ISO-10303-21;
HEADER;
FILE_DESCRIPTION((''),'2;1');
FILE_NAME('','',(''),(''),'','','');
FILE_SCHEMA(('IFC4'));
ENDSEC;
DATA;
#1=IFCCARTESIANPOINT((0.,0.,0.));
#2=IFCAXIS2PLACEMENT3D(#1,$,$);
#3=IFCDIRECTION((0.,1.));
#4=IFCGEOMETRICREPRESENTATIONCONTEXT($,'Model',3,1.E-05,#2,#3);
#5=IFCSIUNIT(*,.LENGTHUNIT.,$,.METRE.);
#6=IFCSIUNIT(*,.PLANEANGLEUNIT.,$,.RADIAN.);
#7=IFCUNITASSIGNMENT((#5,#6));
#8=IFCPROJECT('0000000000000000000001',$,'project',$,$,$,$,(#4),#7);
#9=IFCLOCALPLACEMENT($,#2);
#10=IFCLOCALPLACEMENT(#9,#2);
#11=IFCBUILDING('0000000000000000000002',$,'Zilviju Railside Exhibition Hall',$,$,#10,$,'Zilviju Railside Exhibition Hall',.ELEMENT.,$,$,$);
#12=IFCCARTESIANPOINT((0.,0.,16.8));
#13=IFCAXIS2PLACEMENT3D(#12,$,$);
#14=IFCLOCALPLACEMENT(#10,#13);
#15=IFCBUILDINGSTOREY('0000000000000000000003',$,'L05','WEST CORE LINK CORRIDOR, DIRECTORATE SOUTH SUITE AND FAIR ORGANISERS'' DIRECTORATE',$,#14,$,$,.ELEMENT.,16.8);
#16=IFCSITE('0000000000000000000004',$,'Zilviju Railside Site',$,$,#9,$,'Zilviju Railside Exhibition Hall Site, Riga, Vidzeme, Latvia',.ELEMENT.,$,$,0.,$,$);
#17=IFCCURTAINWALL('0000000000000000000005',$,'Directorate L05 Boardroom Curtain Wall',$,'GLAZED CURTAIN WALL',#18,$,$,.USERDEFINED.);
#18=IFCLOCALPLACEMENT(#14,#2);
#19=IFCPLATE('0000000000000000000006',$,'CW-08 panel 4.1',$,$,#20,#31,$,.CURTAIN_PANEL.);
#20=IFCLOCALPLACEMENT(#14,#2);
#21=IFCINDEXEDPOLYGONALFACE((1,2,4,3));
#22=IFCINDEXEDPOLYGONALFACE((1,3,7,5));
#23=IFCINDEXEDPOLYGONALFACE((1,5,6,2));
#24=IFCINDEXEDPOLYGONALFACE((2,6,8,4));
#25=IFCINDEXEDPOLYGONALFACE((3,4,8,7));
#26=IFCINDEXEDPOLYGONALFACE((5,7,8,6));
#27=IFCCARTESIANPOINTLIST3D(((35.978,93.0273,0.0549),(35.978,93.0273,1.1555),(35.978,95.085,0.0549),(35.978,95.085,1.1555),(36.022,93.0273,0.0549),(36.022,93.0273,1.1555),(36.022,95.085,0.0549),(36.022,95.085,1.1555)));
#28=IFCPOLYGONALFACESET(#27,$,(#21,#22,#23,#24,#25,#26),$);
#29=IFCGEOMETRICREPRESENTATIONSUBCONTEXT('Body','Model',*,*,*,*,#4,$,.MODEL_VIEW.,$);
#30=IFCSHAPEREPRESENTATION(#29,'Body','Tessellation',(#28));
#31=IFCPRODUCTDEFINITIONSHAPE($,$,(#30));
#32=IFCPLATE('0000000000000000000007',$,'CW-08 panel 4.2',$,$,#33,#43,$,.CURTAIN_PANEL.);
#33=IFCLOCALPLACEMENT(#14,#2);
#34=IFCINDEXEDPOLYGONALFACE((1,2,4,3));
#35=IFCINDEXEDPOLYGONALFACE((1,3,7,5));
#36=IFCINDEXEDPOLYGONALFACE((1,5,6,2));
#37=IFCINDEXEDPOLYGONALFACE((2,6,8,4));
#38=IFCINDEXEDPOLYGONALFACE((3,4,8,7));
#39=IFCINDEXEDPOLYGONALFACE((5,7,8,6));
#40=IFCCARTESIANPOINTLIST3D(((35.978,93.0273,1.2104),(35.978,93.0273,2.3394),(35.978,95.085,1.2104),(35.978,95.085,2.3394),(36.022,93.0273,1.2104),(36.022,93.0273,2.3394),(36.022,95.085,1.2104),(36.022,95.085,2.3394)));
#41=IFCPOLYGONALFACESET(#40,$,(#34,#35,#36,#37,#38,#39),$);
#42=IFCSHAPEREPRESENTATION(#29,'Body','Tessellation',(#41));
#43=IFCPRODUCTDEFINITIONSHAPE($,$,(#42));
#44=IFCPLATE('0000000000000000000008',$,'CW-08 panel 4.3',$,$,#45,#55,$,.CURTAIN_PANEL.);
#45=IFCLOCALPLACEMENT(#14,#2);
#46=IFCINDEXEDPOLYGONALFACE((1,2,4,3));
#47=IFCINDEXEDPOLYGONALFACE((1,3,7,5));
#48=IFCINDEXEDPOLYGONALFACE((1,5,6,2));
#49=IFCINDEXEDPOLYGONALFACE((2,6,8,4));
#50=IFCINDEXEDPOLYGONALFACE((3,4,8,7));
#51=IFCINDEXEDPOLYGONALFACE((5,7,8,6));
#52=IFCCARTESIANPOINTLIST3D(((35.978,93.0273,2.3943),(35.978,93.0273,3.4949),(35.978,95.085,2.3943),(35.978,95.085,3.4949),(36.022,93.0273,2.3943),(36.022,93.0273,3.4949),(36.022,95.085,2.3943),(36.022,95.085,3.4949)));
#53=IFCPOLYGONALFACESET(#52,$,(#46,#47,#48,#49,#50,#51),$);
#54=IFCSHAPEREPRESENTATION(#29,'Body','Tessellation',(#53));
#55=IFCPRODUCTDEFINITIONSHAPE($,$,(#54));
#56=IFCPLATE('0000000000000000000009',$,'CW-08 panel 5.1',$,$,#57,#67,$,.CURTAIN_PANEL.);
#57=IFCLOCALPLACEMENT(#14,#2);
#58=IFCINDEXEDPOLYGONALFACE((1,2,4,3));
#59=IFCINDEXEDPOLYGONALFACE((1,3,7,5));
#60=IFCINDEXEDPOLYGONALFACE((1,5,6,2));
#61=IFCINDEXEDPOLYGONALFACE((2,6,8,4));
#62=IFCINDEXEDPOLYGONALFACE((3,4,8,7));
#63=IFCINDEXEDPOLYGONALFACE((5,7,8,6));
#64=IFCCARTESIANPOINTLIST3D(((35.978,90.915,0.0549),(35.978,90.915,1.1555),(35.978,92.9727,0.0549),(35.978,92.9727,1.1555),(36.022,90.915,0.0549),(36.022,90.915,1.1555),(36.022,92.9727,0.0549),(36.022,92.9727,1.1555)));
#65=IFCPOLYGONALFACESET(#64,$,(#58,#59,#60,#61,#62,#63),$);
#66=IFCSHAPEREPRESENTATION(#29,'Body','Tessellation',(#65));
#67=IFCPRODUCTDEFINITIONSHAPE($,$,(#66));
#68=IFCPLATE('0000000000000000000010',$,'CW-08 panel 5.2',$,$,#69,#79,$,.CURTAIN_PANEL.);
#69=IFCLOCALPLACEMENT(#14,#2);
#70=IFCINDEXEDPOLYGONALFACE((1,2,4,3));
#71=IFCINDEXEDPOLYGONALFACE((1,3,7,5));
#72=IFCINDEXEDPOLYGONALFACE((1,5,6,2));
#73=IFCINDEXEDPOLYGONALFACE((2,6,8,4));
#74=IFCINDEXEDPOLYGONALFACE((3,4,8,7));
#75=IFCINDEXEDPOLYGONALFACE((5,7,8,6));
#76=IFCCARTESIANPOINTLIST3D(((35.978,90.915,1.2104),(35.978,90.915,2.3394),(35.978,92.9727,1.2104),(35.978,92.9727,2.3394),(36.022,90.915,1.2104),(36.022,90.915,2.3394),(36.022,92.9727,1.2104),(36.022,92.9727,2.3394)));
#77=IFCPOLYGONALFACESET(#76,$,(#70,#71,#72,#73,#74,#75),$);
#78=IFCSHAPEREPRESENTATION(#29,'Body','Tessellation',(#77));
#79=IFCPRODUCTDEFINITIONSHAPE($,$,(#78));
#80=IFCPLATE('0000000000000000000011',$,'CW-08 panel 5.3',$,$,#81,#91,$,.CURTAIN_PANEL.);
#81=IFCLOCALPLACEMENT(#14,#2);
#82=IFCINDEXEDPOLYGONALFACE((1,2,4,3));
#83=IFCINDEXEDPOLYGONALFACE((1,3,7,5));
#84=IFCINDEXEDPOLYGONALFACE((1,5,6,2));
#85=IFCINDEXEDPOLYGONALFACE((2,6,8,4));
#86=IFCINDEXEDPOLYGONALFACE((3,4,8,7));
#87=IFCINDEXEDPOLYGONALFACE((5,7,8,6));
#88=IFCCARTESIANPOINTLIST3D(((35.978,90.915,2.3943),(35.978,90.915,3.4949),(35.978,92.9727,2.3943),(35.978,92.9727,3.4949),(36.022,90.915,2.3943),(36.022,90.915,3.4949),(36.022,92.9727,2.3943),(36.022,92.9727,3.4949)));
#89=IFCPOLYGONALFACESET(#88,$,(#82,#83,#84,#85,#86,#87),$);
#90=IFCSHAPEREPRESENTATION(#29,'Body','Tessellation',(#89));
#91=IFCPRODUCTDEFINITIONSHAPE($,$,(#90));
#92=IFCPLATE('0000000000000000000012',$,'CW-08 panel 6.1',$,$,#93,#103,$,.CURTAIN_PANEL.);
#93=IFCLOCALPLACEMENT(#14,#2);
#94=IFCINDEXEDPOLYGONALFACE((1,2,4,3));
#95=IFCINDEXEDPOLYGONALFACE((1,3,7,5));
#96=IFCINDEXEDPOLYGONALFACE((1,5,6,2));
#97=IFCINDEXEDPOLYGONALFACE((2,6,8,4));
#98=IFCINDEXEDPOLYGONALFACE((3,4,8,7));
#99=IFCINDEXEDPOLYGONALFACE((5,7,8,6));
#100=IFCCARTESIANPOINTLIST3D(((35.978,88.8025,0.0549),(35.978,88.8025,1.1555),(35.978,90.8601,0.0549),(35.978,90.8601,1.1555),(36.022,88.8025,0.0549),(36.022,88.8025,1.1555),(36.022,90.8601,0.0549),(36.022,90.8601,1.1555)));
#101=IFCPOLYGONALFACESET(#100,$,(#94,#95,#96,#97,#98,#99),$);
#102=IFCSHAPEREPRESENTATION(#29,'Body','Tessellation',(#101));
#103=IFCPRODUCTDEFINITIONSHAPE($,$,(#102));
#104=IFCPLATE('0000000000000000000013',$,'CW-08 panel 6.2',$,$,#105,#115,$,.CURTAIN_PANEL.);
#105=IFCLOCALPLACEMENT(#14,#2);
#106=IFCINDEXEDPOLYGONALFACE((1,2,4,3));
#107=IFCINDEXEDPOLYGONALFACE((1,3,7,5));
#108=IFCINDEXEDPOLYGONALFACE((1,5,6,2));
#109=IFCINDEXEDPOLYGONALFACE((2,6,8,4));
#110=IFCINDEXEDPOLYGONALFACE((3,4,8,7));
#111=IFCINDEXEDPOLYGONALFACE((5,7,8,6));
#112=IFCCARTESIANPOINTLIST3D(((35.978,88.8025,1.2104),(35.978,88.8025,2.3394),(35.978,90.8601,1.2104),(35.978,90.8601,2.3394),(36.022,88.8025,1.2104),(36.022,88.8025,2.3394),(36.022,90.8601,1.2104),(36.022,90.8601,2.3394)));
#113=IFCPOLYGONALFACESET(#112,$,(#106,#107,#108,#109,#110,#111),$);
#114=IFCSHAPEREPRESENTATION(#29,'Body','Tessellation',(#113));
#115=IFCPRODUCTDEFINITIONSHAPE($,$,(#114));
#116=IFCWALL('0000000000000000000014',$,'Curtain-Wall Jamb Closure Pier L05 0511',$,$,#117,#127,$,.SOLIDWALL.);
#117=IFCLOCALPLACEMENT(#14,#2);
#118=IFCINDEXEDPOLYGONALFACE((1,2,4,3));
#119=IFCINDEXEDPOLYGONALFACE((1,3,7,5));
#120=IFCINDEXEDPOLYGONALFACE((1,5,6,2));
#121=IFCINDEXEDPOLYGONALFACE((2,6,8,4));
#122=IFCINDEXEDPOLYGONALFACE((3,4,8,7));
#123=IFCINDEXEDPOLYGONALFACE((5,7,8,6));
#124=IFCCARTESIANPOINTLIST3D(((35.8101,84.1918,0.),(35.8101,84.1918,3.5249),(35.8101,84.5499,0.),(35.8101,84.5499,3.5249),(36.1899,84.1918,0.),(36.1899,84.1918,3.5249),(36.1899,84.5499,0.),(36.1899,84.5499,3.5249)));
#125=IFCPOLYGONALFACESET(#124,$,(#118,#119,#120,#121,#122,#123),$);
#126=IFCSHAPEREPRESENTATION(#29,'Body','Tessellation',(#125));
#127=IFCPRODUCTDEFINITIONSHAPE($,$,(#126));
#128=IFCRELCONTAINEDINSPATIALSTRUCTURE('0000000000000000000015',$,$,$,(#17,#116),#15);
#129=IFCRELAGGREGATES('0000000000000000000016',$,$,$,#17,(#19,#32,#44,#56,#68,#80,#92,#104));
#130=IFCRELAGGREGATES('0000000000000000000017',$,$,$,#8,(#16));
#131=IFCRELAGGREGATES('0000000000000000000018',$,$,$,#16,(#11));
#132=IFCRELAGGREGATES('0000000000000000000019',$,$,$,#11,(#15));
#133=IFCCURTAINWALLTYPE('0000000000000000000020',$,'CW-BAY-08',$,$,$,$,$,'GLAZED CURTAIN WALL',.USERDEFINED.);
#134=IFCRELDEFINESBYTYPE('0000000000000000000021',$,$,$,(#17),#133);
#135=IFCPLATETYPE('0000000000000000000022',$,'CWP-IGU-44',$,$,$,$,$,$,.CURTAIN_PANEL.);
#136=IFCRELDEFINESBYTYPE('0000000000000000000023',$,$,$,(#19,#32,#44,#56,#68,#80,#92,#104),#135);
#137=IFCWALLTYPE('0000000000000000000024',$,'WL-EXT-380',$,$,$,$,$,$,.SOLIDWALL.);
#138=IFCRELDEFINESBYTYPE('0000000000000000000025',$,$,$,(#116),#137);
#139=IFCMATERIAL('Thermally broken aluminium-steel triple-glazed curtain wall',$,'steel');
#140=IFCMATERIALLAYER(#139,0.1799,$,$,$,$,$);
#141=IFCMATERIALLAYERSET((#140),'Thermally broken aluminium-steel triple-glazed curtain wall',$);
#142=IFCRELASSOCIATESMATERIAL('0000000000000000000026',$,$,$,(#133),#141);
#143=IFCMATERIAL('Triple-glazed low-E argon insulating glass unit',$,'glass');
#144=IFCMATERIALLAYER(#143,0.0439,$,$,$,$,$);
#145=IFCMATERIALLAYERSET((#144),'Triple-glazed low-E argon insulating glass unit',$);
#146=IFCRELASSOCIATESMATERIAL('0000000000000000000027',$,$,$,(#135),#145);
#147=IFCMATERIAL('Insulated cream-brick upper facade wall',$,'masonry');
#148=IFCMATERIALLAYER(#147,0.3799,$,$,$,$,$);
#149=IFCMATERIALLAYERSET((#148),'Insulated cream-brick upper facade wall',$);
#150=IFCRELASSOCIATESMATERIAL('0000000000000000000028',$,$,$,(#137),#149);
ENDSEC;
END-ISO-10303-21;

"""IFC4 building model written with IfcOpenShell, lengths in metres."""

from ifc_helpers import new_model, si_unit, direction, frame, frame_2d, origin, origin_2d, place, context, subcontext, project, spatial, rectangle, extrude, material, layer, layer_set, type_object, element, aggregate, save


model = new_model("IFC4")

# Units and contexts
model_context = context("Model", 3, precision=1e-05, world=origin(), true_north=direction((0.0, 1.0)))
body_context = subcontext(model_context, "Body", "Model", "MODEL_VIEW")
ifc_project = project(units=[si_unit("LENGTHUNIT", "METRE"), si_unit("PLANEANGLEUNIT", "RADIAN")], contexts=[model_context])

# Site, building, storey
site_placement = place(None, origin())
site = spatial("IfcSite", under=ifc_project, at=site_placement, Name="Zilviju Railside Site", LongName="Zilviju Railside Exhibition Hall Site, Riga, Vidzeme, Latvia", CompositionType="ELEMENT", RefElevation=0.0)
building_placement = place(site_placement, origin())
building = spatial("IfcBuilding", under=site, at=building_placement, Name="Zilviju Railside Exhibition Hall", LongName="Zilviju Railside Exhibition Hall", CompositionType="ELEMENT")
storey_placement = place(building_placement, frame((0.0, 0.0, 16.8)))
storey = spatial("IfcBuildingStorey", under=building, at=storey_placement, Name="L05", Description="WEST CORE LINK CORRIDOR, DIRECTORATE SOUTH SUITE AND FAIR ORGANISERS' DIRECTORATE", CompositionType="ELEMENT", Elevation=16.8)

# Curtain wall, plates
ifc_material_1 = material(Name="Thermally broken aluminium-steel triple-glazed curtain wall", Category="steel")
ifc_layer_1 = layer(ifc_material_1, 0.1799)
ifc_layer_set_1 = layer_set([ifc_layer_1], Name="Thermally broken aluminium-steel triple-glazed curtain wall")
curtain_wall_type = type_object("IfcCurtainWallType", Name="CW-BAY-08", ElementType="GLAZED CURTAIN WALL", PredefinedType="USERDEFINED", material=ifc_layer_set_1)
curtain_wall_placement = place(storey_placement, origin())
curtain_wall = element("IfcCurtainWall", 1, at=curtain_wall_placement, inside=storey, type_object=curtain_wall_type, Name="Directorate L05 Boardroom Curtain Wall", ObjectType="GLAZED CURTAIN WALL", PredefinedType="USERDEFINED")
ifc_material_2 = material(Name="Triple-glazed low-E argon insulating glass unit", Category="glass")
ifc_layer_2 = layer(ifc_material_2, 0.0439)
ifc_layer_set_2 = layer_set([ifc_layer_2], Name="Triple-glazed low-E argon insulating glass unit")
plate_type = type_object("IfcPlateType", Name="CWP-IGU-44", PredefinedType="CURTAIN_PANEL", material=ifc_layer_set_2)
plate_1_placement = place(storey_placement, frame((36.0, 94.0562, 0.0549), z_axis=(0.0, 0.0, 1.0), x_axis=(0.0, -1.0, 0.0)))
plate_1 = element("IfcPlate", 2, at=plate_1_placement, type_object=plate_type, Name="CW-08 panel 4.1", PredefinedType="CURTAIN_PANEL", context=body_context, shape_type="SweptSolid", body=[
    extrude(rectangle(XDim=2.0576, YDim=0.0439, at=origin_2d()), origin(), (0.0, 0.0, 1.0), 1.1006),
])
plate_2_placement = place(storey_placement, frame((36.0, 94.0562, 1.2104), z_axis=(0.0, 0.0, 1.0), x_axis=(0.0, -1.0, 0.0)))
plate_2 = element("IfcPlate", 3, at=plate_2_placement, type_object=plate_type, Name="CW-08 panel 4.2", PredefinedType="CURTAIN_PANEL", context=body_context, shape_type="SweptSolid", body=[
    extrude(rectangle(XDim=2.0576, YDim=0.0439, at=origin_2d()), origin(), (0.0, 0.0, 1.0), 1.1289),
])
plate_3_placement = place(storey_placement, frame((36.0, 94.0562, 2.3943), z_axis=(0.0, 0.0, 1.0), x_axis=(0.0, -1.0, 0.0)))
plate_3 = element("IfcPlate", 4, at=plate_3_placement, type_object=plate_type, Name="CW-08 panel 4.3", PredefinedType="CURTAIN_PANEL", context=body_context, shape_type="SweptSolid", body=[
    extrude(rectangle(XDim=2.0576, YDim=0.0439, at=origin_2d()), origin(), (0.0, 0.0, 1.0), 1.1006),
])
plate_4_placement = place(storey_placement, frame((36.0, 91.9438, 0.0549), z_axis=(0.0, 0.0, 1.0), x_axis=(0.0, -1.0, 0.0)))
plate_4 = element("IfcPlate", 5, at=plate_4_placement, type_object=plate_type, Name="CW-08 panel 5.1", PredefinedType="CURTAIN_PANEL", context=body_context, shape_type="SweptSolid", body=[
    extrude(rectangle(XDim=2.0576, YDim=0.0439, at=origin_2d()), origin(), (0.0, 0.0, 1.0), 1.1006),
])
plate_5_placement = place(storey_placement, frame((36.0, 91.9438, 1.2104), z_axis=(0.0, 0.0, 1.0), x_axis=(0.0, -1.0, 0.0)))
plate_5 = element("IfcPlate", 6, at=plate_5_placement, type_object=plate_type, Name="CW-08 panel 5.2", PredefinedType="CURTAIN_PANEL", context=body_context, shape_type="SweptSolid", body=[
    extrude(rectangle(XDim=2.0576, YDim=0.0439, at=origin_2d()), origin(), (0.0, 0.0, 1.0), 1.1289),
])
plate_6_placement = place(storey_placement, frame((36.0, 91.9438, 2.3943), z_axis=(0.0, 0.0, 1.0), x_axis=(0.0, -1.0, 0.0)))
plate_6 = element("IfcPlate", 7, at=plate_6_placement, type_object=plate_type, Name="CW-08 panel 5.3", PredefinedType="CURTAIN_PANEL", context=body_context, shape_type="SweptSolid", body=[
    extrude(rectangle(XDim=2.0576, YDim=0.0439, at=origin_2d()), origin(), (0.0, 0.0, 1.0), 1.1006),
])
plate_7_placement = place(storey_placement, frame((36.0, 89.8313, 0.0549), z_axis=(0.0, 0.0, 1.0), x_axis=(0.0, -1.0, 0.0)))
plate_7 = element("IfcPlate", 8, at=plate_7_placement, type_object=plate_type, Name="CW-08 panel 6.1", PredefinedType="CURTAIN_PANEL", context=body_context, shape_type="SweptSolid", body=[
    extrude(rectangle(XDim=2.0576, YDim=0.0439, at=origin_2d()), origin(), (0.0, 0.0, 1.0), 1.1006),
])
plate_8_placement = place(storey_placement, frame((36.0, 89.8313, 1.2104), z_axis=(0.0, 0.0, 1.0), x_axis=(0.0, -1.0, 0.0)))
plate_8 = element("IfcPlate", 9, at=plate_8_placement, type_object=plate_type, Name="CW-08 panel 6.2", PredefinedType="CURTAIN_PANEL", context=body_context, shape_type="SweptSolid", body=[
    extrude(rectangle(XDim=2.0576, YDim=0.0439, at=origin_2d()), origin(), (0.0, 0.0, 1.0), 1.1289),
])
aggregate(curtain_wall, [plate_1, plate_2, plate_3, plate_4, plate_5, plate_6, plate_7, plate_8])

# Wall
ifc_material_3 = material(Name="Insulated cream-brick upper facade wall", Category="masonry")
ifc_layer_3 = layer(ifc_material_3, 0.3799)
ifc_layer_set_3 = layer_set([ifc_layer_3], Name="Insulated cream-brick upper facade wall")
wall_type = type_object("IfcWallType", Name="WL-EXT-380", PredefinedType="SOLIDWALL", material=ifc_layer_set_3)
wall_placement = place(storey_placement, frame((36.0, 84.55, 0.0), z_axis=(0.0, 0.0, 1.0), x_axis=(0.0, -1.0, 0.0)))
element("IfcWall", 10, at=wall_placement, inside=storey, type_object=wall_type, Name="Curtain-Wall Jamb Closure Pier L05 0511", PredefinedType="SOLIDWALL", context=body_context, shape_type="SweptSolid", body=[
    extrude(rectangle(XDim=0.3582, YDim=0.3799, at=frame_2d((0.1792, 0.0))), origin(), (0.0, 0.0, 1.0), 3.5249),
])

save(model, "model.ifc")
